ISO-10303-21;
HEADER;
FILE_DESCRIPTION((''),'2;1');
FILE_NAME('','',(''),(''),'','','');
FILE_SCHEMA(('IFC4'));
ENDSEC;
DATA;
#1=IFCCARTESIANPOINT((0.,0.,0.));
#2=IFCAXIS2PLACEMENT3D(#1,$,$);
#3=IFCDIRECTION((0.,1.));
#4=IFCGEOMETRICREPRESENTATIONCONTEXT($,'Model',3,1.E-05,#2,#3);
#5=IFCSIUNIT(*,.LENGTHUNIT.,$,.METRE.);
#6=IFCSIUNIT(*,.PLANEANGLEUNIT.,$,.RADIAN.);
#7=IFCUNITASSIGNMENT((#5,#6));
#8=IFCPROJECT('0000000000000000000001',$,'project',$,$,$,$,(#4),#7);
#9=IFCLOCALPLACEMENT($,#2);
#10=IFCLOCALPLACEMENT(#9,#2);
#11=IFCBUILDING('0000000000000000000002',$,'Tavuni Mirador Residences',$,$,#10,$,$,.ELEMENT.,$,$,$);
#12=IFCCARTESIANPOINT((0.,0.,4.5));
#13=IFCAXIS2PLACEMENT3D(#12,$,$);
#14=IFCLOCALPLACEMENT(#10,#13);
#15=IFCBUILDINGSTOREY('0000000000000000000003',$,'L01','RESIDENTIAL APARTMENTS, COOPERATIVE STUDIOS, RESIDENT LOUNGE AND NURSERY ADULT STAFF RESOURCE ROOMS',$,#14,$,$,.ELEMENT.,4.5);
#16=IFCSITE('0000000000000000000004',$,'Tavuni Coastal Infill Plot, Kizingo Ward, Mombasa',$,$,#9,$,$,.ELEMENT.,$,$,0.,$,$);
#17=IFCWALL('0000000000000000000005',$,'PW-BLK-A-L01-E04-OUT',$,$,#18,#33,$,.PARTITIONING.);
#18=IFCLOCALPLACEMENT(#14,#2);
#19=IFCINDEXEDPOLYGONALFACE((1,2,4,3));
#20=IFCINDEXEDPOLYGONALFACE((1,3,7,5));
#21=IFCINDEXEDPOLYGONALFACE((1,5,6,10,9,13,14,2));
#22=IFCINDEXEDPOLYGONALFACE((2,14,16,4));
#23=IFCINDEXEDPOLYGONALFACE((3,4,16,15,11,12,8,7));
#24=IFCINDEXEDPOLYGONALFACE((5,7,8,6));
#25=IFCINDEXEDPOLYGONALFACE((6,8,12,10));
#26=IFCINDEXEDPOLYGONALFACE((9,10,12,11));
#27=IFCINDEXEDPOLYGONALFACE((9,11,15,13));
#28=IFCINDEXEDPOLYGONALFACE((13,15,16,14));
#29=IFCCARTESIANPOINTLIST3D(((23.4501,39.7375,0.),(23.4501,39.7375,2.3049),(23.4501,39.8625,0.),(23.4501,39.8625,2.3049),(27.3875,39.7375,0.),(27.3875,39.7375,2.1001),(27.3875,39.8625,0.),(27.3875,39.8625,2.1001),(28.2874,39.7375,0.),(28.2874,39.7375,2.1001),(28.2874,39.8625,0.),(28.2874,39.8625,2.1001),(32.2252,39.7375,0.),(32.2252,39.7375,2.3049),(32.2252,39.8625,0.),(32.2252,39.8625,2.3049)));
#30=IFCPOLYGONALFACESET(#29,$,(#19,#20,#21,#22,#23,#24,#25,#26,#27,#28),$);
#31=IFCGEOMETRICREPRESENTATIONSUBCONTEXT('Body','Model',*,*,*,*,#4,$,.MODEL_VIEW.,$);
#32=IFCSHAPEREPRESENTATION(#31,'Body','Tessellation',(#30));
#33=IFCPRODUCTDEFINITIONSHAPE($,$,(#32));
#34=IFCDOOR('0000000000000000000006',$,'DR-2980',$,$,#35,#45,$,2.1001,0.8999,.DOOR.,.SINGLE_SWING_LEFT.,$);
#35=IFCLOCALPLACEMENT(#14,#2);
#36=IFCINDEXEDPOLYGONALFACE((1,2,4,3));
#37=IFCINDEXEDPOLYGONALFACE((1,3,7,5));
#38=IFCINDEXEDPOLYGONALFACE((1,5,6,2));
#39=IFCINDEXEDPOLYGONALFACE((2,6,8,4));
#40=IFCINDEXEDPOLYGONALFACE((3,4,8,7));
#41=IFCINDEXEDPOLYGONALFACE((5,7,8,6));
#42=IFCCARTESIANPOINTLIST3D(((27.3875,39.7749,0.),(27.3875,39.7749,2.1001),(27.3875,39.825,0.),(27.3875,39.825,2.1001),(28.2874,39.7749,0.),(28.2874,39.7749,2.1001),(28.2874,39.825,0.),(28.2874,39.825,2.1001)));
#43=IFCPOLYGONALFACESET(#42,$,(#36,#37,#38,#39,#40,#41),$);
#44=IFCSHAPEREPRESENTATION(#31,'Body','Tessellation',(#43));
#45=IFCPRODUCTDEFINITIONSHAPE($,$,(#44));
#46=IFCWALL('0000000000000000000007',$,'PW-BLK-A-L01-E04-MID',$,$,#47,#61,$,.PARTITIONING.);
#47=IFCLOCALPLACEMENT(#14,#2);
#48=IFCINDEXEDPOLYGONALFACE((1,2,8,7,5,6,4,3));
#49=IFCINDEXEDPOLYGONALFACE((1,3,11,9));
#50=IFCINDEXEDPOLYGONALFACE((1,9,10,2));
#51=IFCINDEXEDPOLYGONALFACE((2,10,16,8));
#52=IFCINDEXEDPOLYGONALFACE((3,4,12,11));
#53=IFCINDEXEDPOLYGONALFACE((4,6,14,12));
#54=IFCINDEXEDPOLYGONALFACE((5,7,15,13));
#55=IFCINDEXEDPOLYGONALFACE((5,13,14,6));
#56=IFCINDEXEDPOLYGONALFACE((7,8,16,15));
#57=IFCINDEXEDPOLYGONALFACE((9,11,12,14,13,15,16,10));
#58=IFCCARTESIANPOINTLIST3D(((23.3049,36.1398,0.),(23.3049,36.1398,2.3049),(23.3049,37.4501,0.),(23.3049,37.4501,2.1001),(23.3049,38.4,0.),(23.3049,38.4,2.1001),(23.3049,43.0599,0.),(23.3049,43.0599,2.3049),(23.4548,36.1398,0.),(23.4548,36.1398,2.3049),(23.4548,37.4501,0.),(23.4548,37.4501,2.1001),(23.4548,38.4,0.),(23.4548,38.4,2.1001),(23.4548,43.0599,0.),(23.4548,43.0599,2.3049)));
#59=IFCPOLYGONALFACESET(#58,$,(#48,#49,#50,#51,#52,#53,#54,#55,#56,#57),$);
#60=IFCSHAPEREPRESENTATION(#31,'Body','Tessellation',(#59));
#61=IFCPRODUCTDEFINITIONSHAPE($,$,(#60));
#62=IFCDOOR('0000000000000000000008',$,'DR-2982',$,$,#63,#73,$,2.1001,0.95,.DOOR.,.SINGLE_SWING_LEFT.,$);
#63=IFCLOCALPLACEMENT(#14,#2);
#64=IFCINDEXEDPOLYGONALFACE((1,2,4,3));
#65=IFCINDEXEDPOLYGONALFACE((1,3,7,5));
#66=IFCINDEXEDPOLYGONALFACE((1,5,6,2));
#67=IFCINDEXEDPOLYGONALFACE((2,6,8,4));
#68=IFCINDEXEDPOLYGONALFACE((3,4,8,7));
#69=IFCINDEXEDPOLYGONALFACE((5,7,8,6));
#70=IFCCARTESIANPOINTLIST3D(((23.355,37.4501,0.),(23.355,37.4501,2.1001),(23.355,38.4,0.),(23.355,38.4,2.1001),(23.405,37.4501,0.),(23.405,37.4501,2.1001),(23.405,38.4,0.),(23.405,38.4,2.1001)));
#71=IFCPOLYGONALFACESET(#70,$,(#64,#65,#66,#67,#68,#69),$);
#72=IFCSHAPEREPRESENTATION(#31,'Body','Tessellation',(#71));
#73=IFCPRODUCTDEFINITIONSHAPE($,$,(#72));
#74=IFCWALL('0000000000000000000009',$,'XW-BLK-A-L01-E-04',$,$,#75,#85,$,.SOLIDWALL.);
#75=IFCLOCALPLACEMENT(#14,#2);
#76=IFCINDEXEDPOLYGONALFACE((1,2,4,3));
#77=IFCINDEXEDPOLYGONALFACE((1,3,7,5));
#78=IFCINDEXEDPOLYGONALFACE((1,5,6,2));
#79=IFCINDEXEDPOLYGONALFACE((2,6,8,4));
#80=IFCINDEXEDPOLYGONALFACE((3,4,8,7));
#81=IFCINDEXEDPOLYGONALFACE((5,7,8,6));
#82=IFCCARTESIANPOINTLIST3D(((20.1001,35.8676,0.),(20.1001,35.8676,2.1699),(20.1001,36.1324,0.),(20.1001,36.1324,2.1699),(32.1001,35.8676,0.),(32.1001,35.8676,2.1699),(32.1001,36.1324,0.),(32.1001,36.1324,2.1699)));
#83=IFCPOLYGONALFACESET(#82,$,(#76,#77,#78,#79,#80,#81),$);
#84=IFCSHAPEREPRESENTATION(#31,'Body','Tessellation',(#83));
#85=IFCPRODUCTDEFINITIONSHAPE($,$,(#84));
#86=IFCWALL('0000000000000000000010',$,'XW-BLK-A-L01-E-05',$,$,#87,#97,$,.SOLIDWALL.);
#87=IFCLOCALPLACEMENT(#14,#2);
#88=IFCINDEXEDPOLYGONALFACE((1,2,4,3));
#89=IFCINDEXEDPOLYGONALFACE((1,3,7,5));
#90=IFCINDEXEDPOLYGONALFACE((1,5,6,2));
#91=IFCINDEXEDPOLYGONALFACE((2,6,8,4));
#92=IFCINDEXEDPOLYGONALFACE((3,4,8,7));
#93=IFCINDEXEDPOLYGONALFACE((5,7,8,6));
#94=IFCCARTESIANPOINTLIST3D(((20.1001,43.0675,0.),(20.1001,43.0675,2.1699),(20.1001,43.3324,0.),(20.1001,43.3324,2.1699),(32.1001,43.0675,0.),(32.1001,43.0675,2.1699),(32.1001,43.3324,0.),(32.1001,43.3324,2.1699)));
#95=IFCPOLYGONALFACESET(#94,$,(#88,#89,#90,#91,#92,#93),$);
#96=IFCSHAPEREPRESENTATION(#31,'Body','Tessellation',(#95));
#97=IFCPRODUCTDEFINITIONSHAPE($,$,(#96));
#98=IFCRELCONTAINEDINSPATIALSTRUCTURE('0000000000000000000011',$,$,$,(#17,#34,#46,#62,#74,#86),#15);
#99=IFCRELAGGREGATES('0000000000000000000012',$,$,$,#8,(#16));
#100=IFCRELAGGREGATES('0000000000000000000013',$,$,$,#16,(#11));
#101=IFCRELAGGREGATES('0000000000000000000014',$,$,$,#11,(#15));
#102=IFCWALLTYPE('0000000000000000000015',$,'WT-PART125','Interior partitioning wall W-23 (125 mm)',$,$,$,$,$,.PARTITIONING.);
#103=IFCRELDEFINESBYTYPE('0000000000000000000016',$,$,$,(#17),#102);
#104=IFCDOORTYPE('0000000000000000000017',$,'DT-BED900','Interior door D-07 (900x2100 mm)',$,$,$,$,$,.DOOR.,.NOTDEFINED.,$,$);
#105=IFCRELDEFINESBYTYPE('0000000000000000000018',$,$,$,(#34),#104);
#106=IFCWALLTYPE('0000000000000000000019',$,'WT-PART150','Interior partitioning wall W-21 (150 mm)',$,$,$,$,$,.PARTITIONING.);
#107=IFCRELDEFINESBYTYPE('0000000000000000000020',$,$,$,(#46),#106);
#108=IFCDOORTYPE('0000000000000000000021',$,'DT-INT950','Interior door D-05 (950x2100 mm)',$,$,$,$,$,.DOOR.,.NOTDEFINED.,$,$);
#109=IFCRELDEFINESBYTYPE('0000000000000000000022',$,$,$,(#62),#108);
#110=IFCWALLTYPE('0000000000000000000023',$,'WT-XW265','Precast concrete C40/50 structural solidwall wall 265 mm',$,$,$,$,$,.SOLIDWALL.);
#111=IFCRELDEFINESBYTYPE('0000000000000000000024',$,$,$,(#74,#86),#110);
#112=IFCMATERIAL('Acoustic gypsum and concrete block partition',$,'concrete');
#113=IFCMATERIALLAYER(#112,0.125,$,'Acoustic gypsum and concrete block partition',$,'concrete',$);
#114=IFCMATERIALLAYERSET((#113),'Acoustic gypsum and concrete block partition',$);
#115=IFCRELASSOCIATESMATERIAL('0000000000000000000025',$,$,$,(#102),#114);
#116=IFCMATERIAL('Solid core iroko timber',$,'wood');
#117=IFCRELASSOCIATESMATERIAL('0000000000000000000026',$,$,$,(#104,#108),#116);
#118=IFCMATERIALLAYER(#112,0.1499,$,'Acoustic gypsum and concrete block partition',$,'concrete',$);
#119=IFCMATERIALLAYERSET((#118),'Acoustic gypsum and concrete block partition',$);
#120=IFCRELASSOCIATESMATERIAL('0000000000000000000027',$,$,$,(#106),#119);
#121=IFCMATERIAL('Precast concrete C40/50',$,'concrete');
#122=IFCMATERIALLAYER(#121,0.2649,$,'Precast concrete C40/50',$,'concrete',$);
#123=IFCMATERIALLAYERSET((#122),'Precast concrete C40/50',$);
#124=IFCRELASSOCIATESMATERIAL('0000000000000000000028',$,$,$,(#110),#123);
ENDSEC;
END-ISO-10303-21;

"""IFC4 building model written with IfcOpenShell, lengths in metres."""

from ifc_helpers import new_model, si_unit, direction, frame, frame_2d, origin, place, context, subcontext, project, spatial, rectangle, extrude, material, layer, layer_set, type_object, element, fill, save


model = new_model("IFC4")

# Units and contexts
model_context = context("Model", 3, precision=1e-05, world=origin(), true_north=direction((0.0, 1.0)))
body_context = subcontext(model_context, "Body", "Model", "MODEL_VIEW")
ifc_project = project(units=[si_unit("LENGTHUNIT", "METRE"), si_unit("PLANEANGLEUNIT", "RADIAN")], contexts=[model_context])

# Site, building, storey
site_placement = place(None, origin())
site = spatial("IfcSite", under=ifc_project, at=site_placement, Name="Tavuni Coastal Infill Plot, Kizingo Ward, Mombasa", CompositionType="ELEMENT", RefElevation=0.0)
building_placement = place(site_placement, origin())
building = spatial("IfcBuilding", under=site, at=building_placement, Name="Tavuni Mirador Residences", CompositionType="ELEMENT")
storey_placement = place(building_placement, frame((0.0, 0.0, 4.5)))
storey = spatial("IfcBuildingStorey", under=building, at=storey_placement, Name="L01", Description="RESIDENTIAL APARTMENTS, COOPERATIVE STUDIOS, RESIDENT LOUNGE AND NURSERY ADULT STAFF RESOURCE ROOMS", CompositionType="ELEMENT", Elevation=4.5)

# Shared definitions
ifc_material_1 = material(Name="Precast concrete C40/50", Category="concrete")

# Walls, openings, doors
ifc_material_2 = material(Name="Solid core iroko timber", Category="wood")
ifc_material_3 = material(Name="Acoustic gypsum and concrete block partition", Category="concrete")
ifc_layer_1 = layer(ifc_material_3, 0.125, Name="Acoustic gypsum and concrete block partition", Category="concrete")
ifc_layer_set_1 = layer_set([ifc_layer_1], Name="Acoustic gypsum and concrete block partition")
wall_type_1 = type_object("IfcWallType", Name="WT-PART125", Description="Interior partitioning wall W-23 (125 mm)", PredefinedType="PARTITIONING", material=ifc_layer_set_1)
wall_1_placement = place(storey_placement, frame((23.45, 39.8, 0.0), z_axis=(0.0, 0.0, 1.0), x_axis=(1.0, 0.0, 0.0)))
wall_1 = element("IfcWall", 1, at=wall_1_placement, inside=storey, type_object=wall_type_1, Name="PW-BLK-A-L01-E04-OUT", PredefinedType="PARTITIONING", context=body_context, shape_type="SweptSolid", body=[
    extrude(rectangle(XDim=8.7751, YDim=0.125, at=frame_2d((4.3877, 0.0))), origin(), (0.0, 0.0, 1.0), 2.3049),
])
opening_1_placement = place(wall_1_placement, frame((3.9375, 0.0, 0.0)))
opening_1 = element("IfcOpeningElement", 2, at=opening_1_placement, cuts=wall_1, PredefinedType="OPENING", context=body_context, shape_type="SweptSolid", body=[
    extrude(rectangle(XDim=0.8999, YDim=2.1001, at=frame_2d((0.45, 1.05))), frame((0.0, 0.0725, 0.0), z_axis=(0.0, -1.0, 0.0), x_axis=(1.0, 0.0, 0.0)), (0.0, 0.0, 1.0), 0.145),
])
door_type_1 = type_object("IfcDoorType", Name="DT-BED900", Description="Interior door D-07 (900x2100 mm)", OperationType="NOTDEFINED", PredefinedType="DOOR", material=ifc_material_2)
door_1_placement = place(opening_1_placement, origin())
door_1 = element("IfcDoor", 3, at=door_1_placement, inside=storey, type_object=door_type_1, Name="DR-2980", OperationType="SINGLE_SWING_LEFT", OverallHeight=2.1001, OverallWidth=0.8999, PredefinedType="DOOR", context=body_context, shape_type="SweptSolid", body=[
    extrude(rectangle(XDim=0.8999, YDim=2.1001, at=frame_2d((0.45, 1.05))), frame((0.0, 0.0249, 0.0), z_axis=(0.0, -1.0, 0.0), x_axis=(1.0, 0.0, 0.0)), (0.0, 0.0, 1.0), 0.05),
])
fill(opening_1, door_1)
ifc_layer_2 = layer(ifc_material_3, 0.1499, Name="Acoustic gypsum and concrete block partition", Category="concrete")
ifc_layer_set_2 = layer_set([ifc_layer_2], Name="Acoustic gypsum and concrete block partition")
wall_type_2 = type_object("IfcWallType", Name="WT-PART150", Description="Interior partitioning wall W-21 (150 mm)", PredefinedType="PARTITIONING", material=ifc_layer_set_2)
wall_2_placement = place(storey_placement, frame((23.3799, 36.1399, 0.0), z_axis=(0.0, 0.0, 1.0), x_axis=(0.0, 1.0, 0.0)))
wall_2 = element("IfcWall", 4, at=wall_2_placement, inside=storey, type_object=wall_type_2, Name="PW-BLK-A-L01-E04-MID", PredefinedType="PARTITIONING", context=body_context, shape_type="SweptSolid", body=[
    extrude(rectangle(XDim=6.9202, YDim=0.1499, at=frame_2d((3.46, 0.0))), origin(), (0.0, 0.0, 1.0), 2.3049),
])
opening_2_placement = place(wall_2_placement, frame((1.3101, 0.0, 0.0)))
opening_2 = element("IfcOpeningElement", 5, at=opening_2_placement, cuts=wall_2, PredefinedType="OPENING", context=body_context, shape_type="SweptSolid", body=[
    extrude(rectangle(XDim=0.95, YDim=2.1001, at=frame_2d((0.4751, 1.05))), frame((0.0, 0.085, 0.0), z_axis=(0.0, -1.0, 0.0), x_axis=(1.0, 0.0, 0.0)), (0.0, 0.0, 1.0), 0.1699),
])
door_type_2 = type_object("IfcDoorType", Name="DT-INT950", Description="Interior door D-05 (950x2100 mm)", OperationType="NOTDEFINED", PredefinedType="DOOR", material=ifc_material_2)
door_2_placement = place(opening_2_placement, origin())
door_2 = element("IfcDoor", 6, at=door_2_placement, inside=storey, type_object=door_type_2, Name="DR-2982", OperationType="SINGLE_SWING_LEFT", OverallHeight=2.1001, OverallWidth=0.95, PredefinedType="DOOR", context=body_context, shape_type="SweptSolid", body=[
    extrude(rectangle(XDim=0.95, YDim=2.1001, at=frame_2d((0.4751, 1.05))), frame((0.0, 0.0249, 0.0), z_axis=(0.0, -1.0, 0.0), x_axis=(1.0, 0.0, 0.0)), (0.0, 0.0, 1.0), 0.05),
])
fill(opening_2, door_2)

# Walls
ifc_layer_3 = layer(ifc_material_1, 0.2649, Name="Precast concrete C40/50", Category="concrete")
ifc_layer_set_3 = layer_set([ifc_layer_3], Name="Precast concrete C40/50")
wall_type_3 = type_object("IfcWallType", Name="WT-XW265", Description="Precast concrete C40/50 structural solidwall wall 265 mm", PredefinedType="SOLIDWALL", material=ifc_layer_set_3)
for number, where, z_axis, x_axis, name in (
    (7, (20.1001, 36.0, 0.0), (0.0, 0.0, 1.0), (1.0, 0.0, 0.0), "XW-BLK-A-L01-E-04"),
    (8, (20.1001, 43.2, 0.0), (0.0, 0.0, 1.0), (1.0, 0.0, 0.0), "XW-BLK-A-L01-E-05"),
):
    element("IfcWall", number, at=place(storey_placement, frame(where, z_axis=z_axis, x_axis=x_axis)), inside=storey, type_object=wall_type_3, Name=name, PredefinedType="SOLIDWALL", context=body_context, shape_type="SweptSolid", body=[
        extrude(rectangle(XDim=12.0, YDim=0.2649, at=frame_2d((6.0, 0.0))), origin(), (0.0, 0.0, 1.0), 2.1699),
    ])

save(model, "model.ifc")
